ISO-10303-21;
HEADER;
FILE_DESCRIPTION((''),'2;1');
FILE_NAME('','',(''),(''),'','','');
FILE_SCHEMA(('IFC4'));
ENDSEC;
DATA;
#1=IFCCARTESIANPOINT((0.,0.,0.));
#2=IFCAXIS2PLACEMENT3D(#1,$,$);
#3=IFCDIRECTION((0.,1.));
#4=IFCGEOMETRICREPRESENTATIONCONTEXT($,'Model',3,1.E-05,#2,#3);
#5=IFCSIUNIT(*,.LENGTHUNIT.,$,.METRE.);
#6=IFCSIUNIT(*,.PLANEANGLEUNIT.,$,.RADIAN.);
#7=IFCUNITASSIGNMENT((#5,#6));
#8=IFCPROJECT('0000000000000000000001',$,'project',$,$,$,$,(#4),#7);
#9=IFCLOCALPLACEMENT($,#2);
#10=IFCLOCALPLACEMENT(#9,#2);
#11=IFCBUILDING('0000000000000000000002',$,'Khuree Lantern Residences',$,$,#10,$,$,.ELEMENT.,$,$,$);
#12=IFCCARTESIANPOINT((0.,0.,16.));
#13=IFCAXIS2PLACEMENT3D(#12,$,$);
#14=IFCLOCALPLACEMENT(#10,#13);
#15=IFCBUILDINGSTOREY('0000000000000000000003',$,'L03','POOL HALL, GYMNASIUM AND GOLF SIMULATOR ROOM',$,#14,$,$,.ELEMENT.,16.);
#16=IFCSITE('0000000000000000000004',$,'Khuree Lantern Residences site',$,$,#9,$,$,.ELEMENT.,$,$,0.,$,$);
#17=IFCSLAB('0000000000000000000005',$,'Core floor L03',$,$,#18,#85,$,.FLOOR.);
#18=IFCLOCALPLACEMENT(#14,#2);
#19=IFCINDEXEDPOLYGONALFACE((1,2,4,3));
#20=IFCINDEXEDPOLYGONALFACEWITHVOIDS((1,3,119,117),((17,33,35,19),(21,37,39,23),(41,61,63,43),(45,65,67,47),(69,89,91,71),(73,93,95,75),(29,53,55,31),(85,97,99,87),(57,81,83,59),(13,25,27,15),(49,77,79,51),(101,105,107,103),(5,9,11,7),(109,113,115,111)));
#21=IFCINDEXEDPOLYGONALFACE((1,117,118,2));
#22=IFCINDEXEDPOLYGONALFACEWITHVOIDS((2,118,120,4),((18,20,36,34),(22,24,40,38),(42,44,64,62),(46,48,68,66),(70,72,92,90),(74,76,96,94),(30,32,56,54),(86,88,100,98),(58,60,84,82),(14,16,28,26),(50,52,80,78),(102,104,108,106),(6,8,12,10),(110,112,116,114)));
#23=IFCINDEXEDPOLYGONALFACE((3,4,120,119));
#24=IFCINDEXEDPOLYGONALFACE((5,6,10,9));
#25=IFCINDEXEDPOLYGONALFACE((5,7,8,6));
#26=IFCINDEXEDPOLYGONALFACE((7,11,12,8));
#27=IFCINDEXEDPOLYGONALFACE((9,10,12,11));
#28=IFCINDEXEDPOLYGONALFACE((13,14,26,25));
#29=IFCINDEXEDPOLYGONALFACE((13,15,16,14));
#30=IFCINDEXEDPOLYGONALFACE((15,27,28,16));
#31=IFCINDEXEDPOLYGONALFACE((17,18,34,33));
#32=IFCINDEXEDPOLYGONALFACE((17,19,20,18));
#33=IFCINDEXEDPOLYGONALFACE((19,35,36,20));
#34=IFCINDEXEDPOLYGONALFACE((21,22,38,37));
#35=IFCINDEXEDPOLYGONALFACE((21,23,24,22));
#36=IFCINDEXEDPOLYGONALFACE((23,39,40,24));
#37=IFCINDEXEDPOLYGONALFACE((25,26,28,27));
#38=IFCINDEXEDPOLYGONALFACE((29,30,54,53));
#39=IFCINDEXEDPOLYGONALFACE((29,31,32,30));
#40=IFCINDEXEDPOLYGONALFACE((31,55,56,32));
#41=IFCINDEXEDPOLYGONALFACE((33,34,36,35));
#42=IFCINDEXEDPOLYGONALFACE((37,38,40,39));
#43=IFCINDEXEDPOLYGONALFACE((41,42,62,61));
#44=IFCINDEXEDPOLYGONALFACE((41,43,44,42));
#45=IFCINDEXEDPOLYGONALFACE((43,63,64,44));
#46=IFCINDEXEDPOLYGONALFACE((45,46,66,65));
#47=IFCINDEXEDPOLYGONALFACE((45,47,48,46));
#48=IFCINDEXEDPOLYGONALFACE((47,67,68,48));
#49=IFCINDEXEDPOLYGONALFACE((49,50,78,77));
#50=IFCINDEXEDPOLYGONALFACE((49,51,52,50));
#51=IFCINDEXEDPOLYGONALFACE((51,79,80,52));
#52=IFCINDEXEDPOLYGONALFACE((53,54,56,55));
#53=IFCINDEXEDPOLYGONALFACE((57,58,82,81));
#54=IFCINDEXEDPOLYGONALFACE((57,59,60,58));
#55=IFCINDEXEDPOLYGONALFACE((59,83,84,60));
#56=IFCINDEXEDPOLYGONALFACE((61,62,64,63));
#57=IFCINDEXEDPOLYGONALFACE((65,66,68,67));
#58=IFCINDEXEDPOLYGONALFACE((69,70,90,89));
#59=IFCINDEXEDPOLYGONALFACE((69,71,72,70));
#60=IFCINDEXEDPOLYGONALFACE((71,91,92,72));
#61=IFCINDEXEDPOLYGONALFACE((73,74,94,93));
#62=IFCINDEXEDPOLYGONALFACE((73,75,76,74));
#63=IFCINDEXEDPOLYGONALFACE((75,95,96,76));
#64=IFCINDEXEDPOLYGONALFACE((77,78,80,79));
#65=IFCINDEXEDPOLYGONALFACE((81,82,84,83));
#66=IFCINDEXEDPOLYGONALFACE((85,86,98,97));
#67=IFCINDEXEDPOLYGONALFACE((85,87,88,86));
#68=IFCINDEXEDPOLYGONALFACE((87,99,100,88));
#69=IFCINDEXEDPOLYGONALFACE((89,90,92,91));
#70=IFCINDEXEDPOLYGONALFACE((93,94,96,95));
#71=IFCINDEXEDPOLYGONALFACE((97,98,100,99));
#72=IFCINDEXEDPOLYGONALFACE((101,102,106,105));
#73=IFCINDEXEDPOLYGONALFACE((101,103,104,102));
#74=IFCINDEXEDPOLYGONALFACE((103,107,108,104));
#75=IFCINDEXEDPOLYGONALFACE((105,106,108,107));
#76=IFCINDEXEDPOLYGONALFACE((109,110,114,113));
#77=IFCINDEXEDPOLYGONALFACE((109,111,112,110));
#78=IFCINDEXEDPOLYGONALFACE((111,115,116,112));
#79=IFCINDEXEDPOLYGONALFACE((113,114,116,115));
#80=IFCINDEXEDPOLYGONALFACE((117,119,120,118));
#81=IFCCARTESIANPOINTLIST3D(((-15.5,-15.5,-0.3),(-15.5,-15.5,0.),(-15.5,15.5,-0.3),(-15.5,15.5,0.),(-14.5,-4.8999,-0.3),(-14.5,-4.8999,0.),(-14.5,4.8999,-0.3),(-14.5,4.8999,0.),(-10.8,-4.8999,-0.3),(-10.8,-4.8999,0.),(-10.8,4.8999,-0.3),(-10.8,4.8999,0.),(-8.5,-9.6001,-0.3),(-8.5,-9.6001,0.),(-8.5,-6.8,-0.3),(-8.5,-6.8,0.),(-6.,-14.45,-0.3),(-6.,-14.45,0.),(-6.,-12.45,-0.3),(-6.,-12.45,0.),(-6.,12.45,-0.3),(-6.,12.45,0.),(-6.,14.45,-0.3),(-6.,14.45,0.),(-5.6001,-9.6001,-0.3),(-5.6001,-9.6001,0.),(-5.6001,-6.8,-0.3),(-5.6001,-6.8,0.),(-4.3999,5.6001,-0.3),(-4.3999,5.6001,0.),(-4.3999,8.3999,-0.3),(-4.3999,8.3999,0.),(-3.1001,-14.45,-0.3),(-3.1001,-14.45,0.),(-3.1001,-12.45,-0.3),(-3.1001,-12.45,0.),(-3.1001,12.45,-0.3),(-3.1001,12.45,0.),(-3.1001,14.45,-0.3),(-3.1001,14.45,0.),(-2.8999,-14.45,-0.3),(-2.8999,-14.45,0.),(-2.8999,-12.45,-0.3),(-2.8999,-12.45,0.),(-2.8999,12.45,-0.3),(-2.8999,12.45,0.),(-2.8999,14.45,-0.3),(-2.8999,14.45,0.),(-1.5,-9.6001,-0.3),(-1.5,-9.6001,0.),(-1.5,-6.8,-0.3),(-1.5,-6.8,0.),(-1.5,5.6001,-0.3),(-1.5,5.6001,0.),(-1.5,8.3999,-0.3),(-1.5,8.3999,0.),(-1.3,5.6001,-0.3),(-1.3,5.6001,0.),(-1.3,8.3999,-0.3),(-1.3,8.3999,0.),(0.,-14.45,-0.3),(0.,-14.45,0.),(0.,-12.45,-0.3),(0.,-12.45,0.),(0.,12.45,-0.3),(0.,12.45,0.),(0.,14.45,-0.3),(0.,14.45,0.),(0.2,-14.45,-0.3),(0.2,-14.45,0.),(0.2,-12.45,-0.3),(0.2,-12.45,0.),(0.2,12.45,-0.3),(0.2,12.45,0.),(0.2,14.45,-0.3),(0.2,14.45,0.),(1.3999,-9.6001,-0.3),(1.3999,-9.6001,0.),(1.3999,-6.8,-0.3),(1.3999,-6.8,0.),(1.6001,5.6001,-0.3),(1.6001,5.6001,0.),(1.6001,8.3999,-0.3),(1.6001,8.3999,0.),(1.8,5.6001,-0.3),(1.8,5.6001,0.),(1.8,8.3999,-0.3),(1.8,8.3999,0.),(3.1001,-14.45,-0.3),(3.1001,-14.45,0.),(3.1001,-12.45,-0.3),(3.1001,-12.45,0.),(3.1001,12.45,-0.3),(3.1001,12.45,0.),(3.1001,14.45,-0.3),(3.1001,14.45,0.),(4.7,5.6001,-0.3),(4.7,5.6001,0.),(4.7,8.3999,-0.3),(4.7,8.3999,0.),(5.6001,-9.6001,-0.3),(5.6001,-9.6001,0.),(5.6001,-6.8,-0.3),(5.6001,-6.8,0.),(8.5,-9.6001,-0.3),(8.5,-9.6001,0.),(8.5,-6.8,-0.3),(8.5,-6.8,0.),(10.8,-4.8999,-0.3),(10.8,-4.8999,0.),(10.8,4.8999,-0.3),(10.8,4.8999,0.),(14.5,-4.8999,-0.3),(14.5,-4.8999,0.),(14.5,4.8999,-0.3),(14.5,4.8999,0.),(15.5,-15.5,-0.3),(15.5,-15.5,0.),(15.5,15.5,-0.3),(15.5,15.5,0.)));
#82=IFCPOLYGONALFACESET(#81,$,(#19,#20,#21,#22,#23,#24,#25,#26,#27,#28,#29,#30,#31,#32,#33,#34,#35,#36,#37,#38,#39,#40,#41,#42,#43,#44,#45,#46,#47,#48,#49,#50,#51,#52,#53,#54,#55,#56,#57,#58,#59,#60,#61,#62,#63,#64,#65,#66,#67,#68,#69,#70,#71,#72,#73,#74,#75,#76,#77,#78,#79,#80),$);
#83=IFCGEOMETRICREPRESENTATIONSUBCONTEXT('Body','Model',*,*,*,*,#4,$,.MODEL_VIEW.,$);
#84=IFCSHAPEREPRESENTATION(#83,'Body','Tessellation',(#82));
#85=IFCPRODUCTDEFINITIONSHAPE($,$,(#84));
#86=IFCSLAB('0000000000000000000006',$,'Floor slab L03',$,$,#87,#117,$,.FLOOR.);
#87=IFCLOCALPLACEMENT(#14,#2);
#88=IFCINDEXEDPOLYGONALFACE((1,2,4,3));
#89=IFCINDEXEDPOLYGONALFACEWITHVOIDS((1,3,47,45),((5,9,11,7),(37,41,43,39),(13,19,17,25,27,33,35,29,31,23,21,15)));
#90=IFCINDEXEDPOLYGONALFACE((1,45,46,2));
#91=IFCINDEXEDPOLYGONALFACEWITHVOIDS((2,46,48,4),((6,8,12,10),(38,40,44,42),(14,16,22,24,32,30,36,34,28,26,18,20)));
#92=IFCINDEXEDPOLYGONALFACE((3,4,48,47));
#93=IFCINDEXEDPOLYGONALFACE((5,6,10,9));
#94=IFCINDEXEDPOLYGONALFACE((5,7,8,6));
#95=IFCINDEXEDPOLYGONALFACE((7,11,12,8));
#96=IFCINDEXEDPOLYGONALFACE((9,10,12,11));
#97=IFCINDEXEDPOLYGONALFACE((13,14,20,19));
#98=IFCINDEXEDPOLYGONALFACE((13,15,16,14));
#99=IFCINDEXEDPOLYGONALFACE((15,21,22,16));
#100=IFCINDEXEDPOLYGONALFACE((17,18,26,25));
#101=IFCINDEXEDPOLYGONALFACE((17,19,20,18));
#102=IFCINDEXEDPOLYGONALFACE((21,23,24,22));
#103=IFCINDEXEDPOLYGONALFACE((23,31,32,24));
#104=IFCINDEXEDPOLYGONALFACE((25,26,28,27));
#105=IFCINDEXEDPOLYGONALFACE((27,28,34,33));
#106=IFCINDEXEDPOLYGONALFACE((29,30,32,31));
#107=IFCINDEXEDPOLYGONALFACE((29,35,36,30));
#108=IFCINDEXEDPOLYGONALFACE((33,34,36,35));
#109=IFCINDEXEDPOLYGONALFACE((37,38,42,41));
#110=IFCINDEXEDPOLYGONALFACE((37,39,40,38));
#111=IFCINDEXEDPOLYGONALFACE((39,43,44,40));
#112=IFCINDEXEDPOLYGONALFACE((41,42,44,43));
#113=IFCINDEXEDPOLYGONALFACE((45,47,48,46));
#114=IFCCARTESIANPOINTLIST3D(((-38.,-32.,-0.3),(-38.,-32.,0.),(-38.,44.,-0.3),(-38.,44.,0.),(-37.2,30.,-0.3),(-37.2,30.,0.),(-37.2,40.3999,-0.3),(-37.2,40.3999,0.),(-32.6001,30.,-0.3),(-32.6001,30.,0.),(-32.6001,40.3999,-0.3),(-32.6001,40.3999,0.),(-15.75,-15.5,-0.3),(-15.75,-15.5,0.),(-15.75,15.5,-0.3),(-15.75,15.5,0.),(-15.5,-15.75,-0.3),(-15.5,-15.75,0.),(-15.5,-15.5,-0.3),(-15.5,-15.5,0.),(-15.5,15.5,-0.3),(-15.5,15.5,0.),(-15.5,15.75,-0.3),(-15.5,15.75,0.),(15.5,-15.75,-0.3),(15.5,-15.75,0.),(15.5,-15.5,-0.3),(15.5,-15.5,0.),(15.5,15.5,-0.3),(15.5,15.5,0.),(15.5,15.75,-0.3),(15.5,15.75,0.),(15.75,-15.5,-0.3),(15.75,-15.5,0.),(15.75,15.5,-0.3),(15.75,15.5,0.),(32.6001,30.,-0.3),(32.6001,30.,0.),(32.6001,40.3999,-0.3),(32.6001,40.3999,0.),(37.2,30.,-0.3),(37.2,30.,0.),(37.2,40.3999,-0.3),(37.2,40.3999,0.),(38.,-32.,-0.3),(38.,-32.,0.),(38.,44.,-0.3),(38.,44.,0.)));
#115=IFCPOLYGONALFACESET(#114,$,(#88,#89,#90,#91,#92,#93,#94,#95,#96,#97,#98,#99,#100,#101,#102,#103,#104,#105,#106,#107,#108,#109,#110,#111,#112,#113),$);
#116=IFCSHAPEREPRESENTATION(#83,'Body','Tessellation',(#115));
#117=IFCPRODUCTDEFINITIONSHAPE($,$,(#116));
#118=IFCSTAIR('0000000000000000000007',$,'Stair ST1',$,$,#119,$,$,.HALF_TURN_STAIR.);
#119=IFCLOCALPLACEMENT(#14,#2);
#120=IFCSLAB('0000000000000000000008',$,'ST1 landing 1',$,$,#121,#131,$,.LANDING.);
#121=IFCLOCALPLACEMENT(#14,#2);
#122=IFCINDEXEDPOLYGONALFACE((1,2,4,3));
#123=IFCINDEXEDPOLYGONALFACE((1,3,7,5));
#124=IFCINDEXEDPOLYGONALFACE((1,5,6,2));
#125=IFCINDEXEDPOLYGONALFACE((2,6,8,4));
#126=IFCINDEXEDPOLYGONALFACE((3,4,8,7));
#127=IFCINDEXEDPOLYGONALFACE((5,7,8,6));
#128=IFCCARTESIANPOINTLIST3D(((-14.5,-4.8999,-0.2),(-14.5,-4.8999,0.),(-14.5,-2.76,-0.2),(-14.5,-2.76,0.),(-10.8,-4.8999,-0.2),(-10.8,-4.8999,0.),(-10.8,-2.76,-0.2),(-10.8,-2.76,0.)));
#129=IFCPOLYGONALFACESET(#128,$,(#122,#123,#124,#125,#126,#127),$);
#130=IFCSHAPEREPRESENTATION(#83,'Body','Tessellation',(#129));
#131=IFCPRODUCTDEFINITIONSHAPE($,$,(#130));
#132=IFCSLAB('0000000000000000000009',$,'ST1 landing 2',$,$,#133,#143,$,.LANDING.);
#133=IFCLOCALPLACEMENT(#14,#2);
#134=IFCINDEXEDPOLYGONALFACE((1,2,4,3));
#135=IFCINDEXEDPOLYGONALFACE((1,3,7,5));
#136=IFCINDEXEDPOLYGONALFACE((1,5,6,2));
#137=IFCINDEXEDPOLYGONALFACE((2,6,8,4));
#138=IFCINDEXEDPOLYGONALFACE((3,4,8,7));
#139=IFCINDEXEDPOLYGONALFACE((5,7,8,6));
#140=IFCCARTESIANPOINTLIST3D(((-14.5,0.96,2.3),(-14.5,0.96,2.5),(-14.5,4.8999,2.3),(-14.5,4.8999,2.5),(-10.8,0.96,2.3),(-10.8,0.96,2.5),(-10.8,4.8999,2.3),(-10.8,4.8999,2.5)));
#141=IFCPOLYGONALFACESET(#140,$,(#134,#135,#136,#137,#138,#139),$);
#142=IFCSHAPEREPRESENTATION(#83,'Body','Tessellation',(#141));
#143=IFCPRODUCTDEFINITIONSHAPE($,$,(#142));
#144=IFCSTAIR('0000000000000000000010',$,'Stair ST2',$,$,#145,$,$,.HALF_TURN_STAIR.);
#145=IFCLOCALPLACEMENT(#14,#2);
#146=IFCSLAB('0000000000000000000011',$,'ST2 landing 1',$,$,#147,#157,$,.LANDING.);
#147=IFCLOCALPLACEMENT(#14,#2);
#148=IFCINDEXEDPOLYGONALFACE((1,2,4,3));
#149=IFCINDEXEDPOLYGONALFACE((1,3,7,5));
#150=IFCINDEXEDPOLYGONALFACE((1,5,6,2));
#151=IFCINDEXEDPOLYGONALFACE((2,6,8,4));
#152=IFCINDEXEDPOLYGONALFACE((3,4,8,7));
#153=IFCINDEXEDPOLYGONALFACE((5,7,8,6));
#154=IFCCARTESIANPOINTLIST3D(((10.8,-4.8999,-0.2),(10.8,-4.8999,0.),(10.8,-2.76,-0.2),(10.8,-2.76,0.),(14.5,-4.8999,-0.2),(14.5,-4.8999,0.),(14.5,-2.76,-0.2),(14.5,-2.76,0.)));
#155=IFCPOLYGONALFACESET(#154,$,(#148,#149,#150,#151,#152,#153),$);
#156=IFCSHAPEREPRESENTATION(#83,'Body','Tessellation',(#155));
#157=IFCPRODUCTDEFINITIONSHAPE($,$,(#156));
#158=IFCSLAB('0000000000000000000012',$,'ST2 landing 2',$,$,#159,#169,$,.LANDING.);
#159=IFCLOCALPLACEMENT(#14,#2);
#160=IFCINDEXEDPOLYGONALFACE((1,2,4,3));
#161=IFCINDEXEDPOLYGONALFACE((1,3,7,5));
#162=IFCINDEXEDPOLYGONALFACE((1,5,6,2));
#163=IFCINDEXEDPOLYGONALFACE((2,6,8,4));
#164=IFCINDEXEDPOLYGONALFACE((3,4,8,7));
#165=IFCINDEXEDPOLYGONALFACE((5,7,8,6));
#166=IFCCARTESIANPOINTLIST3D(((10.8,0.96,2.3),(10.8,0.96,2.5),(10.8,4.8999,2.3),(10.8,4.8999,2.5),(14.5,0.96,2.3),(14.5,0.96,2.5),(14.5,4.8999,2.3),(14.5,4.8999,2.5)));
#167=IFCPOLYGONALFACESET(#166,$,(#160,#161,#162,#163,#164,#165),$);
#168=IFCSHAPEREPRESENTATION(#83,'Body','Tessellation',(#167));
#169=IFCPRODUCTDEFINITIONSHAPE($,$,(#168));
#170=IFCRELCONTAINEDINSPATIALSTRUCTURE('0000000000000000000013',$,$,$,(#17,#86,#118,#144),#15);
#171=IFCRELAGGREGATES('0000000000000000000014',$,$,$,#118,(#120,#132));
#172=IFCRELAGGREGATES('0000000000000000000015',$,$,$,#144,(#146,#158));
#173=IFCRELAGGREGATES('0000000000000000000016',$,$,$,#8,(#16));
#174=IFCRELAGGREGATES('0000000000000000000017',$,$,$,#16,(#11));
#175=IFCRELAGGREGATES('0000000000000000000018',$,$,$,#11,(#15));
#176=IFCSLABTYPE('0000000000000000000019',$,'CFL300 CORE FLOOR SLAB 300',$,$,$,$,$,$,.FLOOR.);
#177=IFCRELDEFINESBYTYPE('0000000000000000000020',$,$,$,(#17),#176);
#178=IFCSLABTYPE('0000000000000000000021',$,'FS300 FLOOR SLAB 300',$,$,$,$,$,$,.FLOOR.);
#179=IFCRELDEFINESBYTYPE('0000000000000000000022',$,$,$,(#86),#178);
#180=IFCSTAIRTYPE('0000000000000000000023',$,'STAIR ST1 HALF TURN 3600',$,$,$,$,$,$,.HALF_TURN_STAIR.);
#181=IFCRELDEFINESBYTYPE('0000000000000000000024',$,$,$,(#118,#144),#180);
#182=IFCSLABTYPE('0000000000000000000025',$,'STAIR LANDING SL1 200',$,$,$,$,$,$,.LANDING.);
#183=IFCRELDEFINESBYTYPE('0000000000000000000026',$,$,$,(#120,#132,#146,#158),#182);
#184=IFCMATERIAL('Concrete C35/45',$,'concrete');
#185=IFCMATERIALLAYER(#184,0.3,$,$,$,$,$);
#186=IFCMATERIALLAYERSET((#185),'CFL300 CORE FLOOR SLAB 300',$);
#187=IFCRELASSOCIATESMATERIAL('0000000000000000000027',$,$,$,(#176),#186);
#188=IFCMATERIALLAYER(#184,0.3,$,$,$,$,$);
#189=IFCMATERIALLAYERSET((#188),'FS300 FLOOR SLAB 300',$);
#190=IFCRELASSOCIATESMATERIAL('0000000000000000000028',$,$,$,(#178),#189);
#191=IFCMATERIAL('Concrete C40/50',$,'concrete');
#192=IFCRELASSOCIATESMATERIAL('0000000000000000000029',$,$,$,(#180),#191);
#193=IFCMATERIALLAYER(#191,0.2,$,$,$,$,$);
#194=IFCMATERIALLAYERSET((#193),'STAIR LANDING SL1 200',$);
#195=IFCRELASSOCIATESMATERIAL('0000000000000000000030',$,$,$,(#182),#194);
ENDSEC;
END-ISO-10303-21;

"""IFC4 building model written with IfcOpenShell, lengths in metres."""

from ifc_helpers import new_model, si_unit, direction, frame, origin, place, context, subcontext, project, spatial, polyline, outline, extrude, material, layer, layer_set, type_object, element, aggregate, save


model = new_model("IFC4")

# Units and contexts
model_context = context("Model", 3, precision=1e-05, world=origin(), true_north=direction((0.0, 1.0)))
body_context = subcontext(model_context, "Body", "Model", "MODEL_VIEW")
ifc_project = project(units=[si_unit("LENGTHUNIT", "METRE"), si_unit("PLANEANGLEUNIT", "RADIAN")], contexts=[model_context])

# Site, building, storey
site_placement = place(None, origin())
site = spatial("IfcSite", under=ifc_project, at=site_placement, Name="Khuree Lantern Residences site", CompositionType="ELEMENT", RefElevation=0.0)
building_placement = place(site_placement, origin())
building = spatial("IfcBuilding", under=site, at=building_placement, Name="Khuree Lantern Residences", CompositionType="ELEMENT")
storey_placement = place(building_placement, frame((0.0, 0.0, 16.0)))
storey = spatial("IfcBuildingStorey", under=building, at=storey_placement, Name="L03", Description="POOL HALL, GYMNASIUM AND GOLF SIMULATOR ROOM", CompositionType="ELEMENT", Elevation=16.0)

# Slabs
ifc_material_1 = material(Name="Concrete C35/45", Category="concrete")
ifc_layer_1 = layer(ifc_material_1, 0.3)
ifc_layer_set_1 = layer_set([ifc_layer_1], Name="CFL300 CORE FLOOR SLAB 300")
slab_type_1 = type_object("IfcSlabType", Name="CFL300 CORE FLOOR SLAB 300", PredefinedType="FLOOR", material=ifc_layer_set_1)
slab_1_placement = place(storey_placement, frame((0.0, 0.0, -0.3)))
element("IfcSlab", 1, at=slab_1_placement, inside=storey, type_object=slab_type_1, Name="Core floor L03", PredefinedType="FLOOR", context=body_context, shape_type="SweptSolid", body=[
    extrude(outline(polyline([(-15.5, -15.5), (-15.5, 15.5), (15.5, 15.5), (15.5, -15.5), (-15.5, -15.5)]), holes=[polyline([(14.5, 4.8999), (10.8, 4.8999), (10.8, -4.8999), (14.5, -4.8999), (14.5, 4.8999)]), polyline([(8.5, -6.8), (5.6001, -6.8), (5.6001, -9.6001), (8.5, -9.6001), (8.5, -6.8)]), polyline([(4.7, 8.3999), (1.8, 8.3999), (1.8, 5.6001), (4.7, 5.6001), (4.7, 8.3999)]), polyline([(3.1001, -12.45), (0.2, -12.45), (0.2, -14.45), (3.1001, -14.45), (3.1001, -12.45)]), polyline([(3.1001, 14.45), (0.2, 14.45), (0.2, 12.45), (3.1001, 12.45), (3.1001, 14.45)]), polyline([(1.6001, 8.3999), (-1.3, 8.3999), (-1.3, 5.6001), (1.6001, 5.6001), (1.6001, 8.3999)]), polyline([(1.3999, -6.8), (-1.5, -6.8), (-1.5, -9.6001), (1.3999, -9.6001), (1.3999, -6.8)]), polyline([(0.0, -12.45), (-2.8999, -12.45), (-2.8999, -14.45), (0.0, -14.45), (0.0, -12.45)]), polyline([(0.0, 14.45), (-2.8999, 14.45), (-2.8999, 12.45), (0.0, 12.45), (0.0, 14.45)]), polyline([(-1.5, 8.3999), (-4.3999, 8.3999), (-4.3999, 5.6001), (-1.5, 5.6001), (-1.5, 8.3999)]), polyline([(-3.1001, -12.45), (-6.0, -12.45), (-6.0, -14.45), (-3.1001, -14.45), (-3.1001, -12.45)]), polyline([(-3.1001, 14.45), (-6.0, 14.45), (-6.0, 12.45), (-3.1001, 12.45), (-3.1001, 14.45)]), polyline([(-5.6001, -6.8), (-8.5, -6.8), (-8.5, -9.6001), (-5.6001, -9.6001), (-5.6001, -6.8)]), polyline([(-10.8, 4.8999), (-14.5, 4.8999), (-14.5, -4.8999), (-10.8, -4.8999), (-10.8, 4.8999)])]), origin(), (0.0, 0.0, 1.0), 0.3),
])
ifc_layer_2 = layer(ifc_material_1, 0.3)
ifc_layer_set_2 = layer_set([ifc_layer_2], Name="FS300 FLOOR SLAB 300")
slab_type_2 = type_object("IfcSlabType", Name="FS300 FLOOR SLAB 300", PredefinedType="FLOOR", material=ifc_layer_set_2)
slab_2_placement = place(storey_placement, frame((0.0, 0.0, -0.3)))
element("IfcSlab", 2, at=slab_2_placement, inside=storey, type_object=slab_type_2, Name="Floor slab L03", PredefinedType="FLOOR", context=body_context, shape_type="SweptSolid", body=[
    extrude(outline(polyline([(-38.0, 44.0), (38.0, 44.0), (38.0, -32.0), (-38.0, -32.0), (-38.0, 44.0)]), holes=[polyline([(37.2, 40.3999), (32.6001, 40.3999), (32.6001, 30.0), (37.2, 30.0), (37.2, 40.3999)]), polyline([(15.75, 15.5), (15.5, 15.5), (15.5, 15.75), (-15.5, 15.75), (-15.5, 15.5), (-15.75, 15.5), (-15.75, -15.5), (-15.5, -15.5), (-15.5, -15.75), (15.5, -15.75), (15.5, -15.5), (15.75, -15.5), (15.75, 15.5)]), polyline([(-32.6001, 40.3999), (-37.2, 40.3999), (-37.2, 30.0), (-32.6001, 30.0), (-32.6001, 40.3999)])]), origin(), (0.0, 0.0, 1.0), 0.3),
])

# Stairs, slabs
ifc_material_2 = material(Name="Concrete C40/50", Category="concrete")
stair_type = type_object("IfcStairType", Name="STAIR ST1 HALF TURN 3600", PredefinedType="HALF_TURN_STAIR", material=ifc_material_2)
stair_1_placement = place(storey_placement, origin())
stair_1 = element("IfcStair", 3, at=stair_1_placement, inside=storey, type_object=stair_type, Name="Stair ST1", PredefinedType="HALF_TURN_STAIR")
ifc_layer_3 = layer(ifc_material_2, 0.2)
ifc_layer_set_3 = layer_set([ifc_layer_3], Name="STAIR LANDING SL1 200")
slab_type_3 = type_object("IfcSlabType", Name="STAIR LANDING SL1 200", PredefinedType="LANDING", material=ifc_layer_set_3)
slab_3_placement = place(storey_placement, frame((0.0, 0.0, -0.2)))
slab_3 = element("IfcSlab", 4, at=slab_3_placement, type_object=slab_type_3, Name="ST1 landing 1", PredefinedType="LANDING", context=body_context, shape_type="SweptSolid", body=[
    extrude(outline(polyline([(-14.5, -4.8999), (-10.8, -4.8999), (-10.8, -2.76), (-14.5, -2.76), (-14.5, -4.8999)])), origin(), (0.0, 0.0, 1.0), 0.2),
])
slab_4_placement = place(storey_placement, frame((0.0, 0.0, 2.3)))
slab_4 = element("IfcSlab", 5, at=slab_4_placement, type_object=slab_type_3, Name="ST1 landing 2", PredefinedType="LANDING", context=body_context, shape_type="SweptSolid", body=[
    extrude(outline(polyline([(-14.5, 0.96), (-14.5, 4.8999), (-10.8, 4.8999), (-10.8, 0.96), (-14.5, 0.96)])), origin(), (0.0, 0.0, 1.0), 0.2),
])
aggregate(stair_1, [slab_3, slab_4])
stair_2_placement = place(storey_placement, origin())
stair_2 = element("IfcStair", 6, at=stair_2_placement, inside=storey, type_object=stair_type, Name="Stair ST2", PredefinedType="HALF_TURN_STAIR")
slab_5_placement = place(storey_placement, frame((0.0, 0.0, -0.2)))
slab_5 = element("IfcSlab", 7, at=slab_5_placement, type_object=slab_type_3, Name="ST2 landing 1", PredefinedType="LANDING", context=body_context, shape_type="SweptSolid", body=[
    extrude(outline(polyline([(10.8, -4.8999), (14.5, -4.8999), (14.5, -2.76), (10.8, -2.76), (10.8, -4.8999)])), origin(), (0.0, 0.0, 1.0), 0.2),
])
slab_6_placement = place(storey_placement, frame((0.0, 0.0, 2.3)))
slab_6 = element("IfcSlab", 8, at=slab_6_placement, type_object=slab_type_3, Name="ST2 landing 2", PredefinedType="LANDING", context=body_context, shape_type="SweptSolid", body=[
    extrude(outline(polyline([(14.5, 4.8999), (14.5, 0.96), (10.8, 0.96), (10.8, 4.8999), (14.5, 4.8999)])), origin(), (0.0, 0.0, 1.0), 0.2),
])

aggregate(stair_2, [slab_5, slab_6])

save(model, "model.ifc")
